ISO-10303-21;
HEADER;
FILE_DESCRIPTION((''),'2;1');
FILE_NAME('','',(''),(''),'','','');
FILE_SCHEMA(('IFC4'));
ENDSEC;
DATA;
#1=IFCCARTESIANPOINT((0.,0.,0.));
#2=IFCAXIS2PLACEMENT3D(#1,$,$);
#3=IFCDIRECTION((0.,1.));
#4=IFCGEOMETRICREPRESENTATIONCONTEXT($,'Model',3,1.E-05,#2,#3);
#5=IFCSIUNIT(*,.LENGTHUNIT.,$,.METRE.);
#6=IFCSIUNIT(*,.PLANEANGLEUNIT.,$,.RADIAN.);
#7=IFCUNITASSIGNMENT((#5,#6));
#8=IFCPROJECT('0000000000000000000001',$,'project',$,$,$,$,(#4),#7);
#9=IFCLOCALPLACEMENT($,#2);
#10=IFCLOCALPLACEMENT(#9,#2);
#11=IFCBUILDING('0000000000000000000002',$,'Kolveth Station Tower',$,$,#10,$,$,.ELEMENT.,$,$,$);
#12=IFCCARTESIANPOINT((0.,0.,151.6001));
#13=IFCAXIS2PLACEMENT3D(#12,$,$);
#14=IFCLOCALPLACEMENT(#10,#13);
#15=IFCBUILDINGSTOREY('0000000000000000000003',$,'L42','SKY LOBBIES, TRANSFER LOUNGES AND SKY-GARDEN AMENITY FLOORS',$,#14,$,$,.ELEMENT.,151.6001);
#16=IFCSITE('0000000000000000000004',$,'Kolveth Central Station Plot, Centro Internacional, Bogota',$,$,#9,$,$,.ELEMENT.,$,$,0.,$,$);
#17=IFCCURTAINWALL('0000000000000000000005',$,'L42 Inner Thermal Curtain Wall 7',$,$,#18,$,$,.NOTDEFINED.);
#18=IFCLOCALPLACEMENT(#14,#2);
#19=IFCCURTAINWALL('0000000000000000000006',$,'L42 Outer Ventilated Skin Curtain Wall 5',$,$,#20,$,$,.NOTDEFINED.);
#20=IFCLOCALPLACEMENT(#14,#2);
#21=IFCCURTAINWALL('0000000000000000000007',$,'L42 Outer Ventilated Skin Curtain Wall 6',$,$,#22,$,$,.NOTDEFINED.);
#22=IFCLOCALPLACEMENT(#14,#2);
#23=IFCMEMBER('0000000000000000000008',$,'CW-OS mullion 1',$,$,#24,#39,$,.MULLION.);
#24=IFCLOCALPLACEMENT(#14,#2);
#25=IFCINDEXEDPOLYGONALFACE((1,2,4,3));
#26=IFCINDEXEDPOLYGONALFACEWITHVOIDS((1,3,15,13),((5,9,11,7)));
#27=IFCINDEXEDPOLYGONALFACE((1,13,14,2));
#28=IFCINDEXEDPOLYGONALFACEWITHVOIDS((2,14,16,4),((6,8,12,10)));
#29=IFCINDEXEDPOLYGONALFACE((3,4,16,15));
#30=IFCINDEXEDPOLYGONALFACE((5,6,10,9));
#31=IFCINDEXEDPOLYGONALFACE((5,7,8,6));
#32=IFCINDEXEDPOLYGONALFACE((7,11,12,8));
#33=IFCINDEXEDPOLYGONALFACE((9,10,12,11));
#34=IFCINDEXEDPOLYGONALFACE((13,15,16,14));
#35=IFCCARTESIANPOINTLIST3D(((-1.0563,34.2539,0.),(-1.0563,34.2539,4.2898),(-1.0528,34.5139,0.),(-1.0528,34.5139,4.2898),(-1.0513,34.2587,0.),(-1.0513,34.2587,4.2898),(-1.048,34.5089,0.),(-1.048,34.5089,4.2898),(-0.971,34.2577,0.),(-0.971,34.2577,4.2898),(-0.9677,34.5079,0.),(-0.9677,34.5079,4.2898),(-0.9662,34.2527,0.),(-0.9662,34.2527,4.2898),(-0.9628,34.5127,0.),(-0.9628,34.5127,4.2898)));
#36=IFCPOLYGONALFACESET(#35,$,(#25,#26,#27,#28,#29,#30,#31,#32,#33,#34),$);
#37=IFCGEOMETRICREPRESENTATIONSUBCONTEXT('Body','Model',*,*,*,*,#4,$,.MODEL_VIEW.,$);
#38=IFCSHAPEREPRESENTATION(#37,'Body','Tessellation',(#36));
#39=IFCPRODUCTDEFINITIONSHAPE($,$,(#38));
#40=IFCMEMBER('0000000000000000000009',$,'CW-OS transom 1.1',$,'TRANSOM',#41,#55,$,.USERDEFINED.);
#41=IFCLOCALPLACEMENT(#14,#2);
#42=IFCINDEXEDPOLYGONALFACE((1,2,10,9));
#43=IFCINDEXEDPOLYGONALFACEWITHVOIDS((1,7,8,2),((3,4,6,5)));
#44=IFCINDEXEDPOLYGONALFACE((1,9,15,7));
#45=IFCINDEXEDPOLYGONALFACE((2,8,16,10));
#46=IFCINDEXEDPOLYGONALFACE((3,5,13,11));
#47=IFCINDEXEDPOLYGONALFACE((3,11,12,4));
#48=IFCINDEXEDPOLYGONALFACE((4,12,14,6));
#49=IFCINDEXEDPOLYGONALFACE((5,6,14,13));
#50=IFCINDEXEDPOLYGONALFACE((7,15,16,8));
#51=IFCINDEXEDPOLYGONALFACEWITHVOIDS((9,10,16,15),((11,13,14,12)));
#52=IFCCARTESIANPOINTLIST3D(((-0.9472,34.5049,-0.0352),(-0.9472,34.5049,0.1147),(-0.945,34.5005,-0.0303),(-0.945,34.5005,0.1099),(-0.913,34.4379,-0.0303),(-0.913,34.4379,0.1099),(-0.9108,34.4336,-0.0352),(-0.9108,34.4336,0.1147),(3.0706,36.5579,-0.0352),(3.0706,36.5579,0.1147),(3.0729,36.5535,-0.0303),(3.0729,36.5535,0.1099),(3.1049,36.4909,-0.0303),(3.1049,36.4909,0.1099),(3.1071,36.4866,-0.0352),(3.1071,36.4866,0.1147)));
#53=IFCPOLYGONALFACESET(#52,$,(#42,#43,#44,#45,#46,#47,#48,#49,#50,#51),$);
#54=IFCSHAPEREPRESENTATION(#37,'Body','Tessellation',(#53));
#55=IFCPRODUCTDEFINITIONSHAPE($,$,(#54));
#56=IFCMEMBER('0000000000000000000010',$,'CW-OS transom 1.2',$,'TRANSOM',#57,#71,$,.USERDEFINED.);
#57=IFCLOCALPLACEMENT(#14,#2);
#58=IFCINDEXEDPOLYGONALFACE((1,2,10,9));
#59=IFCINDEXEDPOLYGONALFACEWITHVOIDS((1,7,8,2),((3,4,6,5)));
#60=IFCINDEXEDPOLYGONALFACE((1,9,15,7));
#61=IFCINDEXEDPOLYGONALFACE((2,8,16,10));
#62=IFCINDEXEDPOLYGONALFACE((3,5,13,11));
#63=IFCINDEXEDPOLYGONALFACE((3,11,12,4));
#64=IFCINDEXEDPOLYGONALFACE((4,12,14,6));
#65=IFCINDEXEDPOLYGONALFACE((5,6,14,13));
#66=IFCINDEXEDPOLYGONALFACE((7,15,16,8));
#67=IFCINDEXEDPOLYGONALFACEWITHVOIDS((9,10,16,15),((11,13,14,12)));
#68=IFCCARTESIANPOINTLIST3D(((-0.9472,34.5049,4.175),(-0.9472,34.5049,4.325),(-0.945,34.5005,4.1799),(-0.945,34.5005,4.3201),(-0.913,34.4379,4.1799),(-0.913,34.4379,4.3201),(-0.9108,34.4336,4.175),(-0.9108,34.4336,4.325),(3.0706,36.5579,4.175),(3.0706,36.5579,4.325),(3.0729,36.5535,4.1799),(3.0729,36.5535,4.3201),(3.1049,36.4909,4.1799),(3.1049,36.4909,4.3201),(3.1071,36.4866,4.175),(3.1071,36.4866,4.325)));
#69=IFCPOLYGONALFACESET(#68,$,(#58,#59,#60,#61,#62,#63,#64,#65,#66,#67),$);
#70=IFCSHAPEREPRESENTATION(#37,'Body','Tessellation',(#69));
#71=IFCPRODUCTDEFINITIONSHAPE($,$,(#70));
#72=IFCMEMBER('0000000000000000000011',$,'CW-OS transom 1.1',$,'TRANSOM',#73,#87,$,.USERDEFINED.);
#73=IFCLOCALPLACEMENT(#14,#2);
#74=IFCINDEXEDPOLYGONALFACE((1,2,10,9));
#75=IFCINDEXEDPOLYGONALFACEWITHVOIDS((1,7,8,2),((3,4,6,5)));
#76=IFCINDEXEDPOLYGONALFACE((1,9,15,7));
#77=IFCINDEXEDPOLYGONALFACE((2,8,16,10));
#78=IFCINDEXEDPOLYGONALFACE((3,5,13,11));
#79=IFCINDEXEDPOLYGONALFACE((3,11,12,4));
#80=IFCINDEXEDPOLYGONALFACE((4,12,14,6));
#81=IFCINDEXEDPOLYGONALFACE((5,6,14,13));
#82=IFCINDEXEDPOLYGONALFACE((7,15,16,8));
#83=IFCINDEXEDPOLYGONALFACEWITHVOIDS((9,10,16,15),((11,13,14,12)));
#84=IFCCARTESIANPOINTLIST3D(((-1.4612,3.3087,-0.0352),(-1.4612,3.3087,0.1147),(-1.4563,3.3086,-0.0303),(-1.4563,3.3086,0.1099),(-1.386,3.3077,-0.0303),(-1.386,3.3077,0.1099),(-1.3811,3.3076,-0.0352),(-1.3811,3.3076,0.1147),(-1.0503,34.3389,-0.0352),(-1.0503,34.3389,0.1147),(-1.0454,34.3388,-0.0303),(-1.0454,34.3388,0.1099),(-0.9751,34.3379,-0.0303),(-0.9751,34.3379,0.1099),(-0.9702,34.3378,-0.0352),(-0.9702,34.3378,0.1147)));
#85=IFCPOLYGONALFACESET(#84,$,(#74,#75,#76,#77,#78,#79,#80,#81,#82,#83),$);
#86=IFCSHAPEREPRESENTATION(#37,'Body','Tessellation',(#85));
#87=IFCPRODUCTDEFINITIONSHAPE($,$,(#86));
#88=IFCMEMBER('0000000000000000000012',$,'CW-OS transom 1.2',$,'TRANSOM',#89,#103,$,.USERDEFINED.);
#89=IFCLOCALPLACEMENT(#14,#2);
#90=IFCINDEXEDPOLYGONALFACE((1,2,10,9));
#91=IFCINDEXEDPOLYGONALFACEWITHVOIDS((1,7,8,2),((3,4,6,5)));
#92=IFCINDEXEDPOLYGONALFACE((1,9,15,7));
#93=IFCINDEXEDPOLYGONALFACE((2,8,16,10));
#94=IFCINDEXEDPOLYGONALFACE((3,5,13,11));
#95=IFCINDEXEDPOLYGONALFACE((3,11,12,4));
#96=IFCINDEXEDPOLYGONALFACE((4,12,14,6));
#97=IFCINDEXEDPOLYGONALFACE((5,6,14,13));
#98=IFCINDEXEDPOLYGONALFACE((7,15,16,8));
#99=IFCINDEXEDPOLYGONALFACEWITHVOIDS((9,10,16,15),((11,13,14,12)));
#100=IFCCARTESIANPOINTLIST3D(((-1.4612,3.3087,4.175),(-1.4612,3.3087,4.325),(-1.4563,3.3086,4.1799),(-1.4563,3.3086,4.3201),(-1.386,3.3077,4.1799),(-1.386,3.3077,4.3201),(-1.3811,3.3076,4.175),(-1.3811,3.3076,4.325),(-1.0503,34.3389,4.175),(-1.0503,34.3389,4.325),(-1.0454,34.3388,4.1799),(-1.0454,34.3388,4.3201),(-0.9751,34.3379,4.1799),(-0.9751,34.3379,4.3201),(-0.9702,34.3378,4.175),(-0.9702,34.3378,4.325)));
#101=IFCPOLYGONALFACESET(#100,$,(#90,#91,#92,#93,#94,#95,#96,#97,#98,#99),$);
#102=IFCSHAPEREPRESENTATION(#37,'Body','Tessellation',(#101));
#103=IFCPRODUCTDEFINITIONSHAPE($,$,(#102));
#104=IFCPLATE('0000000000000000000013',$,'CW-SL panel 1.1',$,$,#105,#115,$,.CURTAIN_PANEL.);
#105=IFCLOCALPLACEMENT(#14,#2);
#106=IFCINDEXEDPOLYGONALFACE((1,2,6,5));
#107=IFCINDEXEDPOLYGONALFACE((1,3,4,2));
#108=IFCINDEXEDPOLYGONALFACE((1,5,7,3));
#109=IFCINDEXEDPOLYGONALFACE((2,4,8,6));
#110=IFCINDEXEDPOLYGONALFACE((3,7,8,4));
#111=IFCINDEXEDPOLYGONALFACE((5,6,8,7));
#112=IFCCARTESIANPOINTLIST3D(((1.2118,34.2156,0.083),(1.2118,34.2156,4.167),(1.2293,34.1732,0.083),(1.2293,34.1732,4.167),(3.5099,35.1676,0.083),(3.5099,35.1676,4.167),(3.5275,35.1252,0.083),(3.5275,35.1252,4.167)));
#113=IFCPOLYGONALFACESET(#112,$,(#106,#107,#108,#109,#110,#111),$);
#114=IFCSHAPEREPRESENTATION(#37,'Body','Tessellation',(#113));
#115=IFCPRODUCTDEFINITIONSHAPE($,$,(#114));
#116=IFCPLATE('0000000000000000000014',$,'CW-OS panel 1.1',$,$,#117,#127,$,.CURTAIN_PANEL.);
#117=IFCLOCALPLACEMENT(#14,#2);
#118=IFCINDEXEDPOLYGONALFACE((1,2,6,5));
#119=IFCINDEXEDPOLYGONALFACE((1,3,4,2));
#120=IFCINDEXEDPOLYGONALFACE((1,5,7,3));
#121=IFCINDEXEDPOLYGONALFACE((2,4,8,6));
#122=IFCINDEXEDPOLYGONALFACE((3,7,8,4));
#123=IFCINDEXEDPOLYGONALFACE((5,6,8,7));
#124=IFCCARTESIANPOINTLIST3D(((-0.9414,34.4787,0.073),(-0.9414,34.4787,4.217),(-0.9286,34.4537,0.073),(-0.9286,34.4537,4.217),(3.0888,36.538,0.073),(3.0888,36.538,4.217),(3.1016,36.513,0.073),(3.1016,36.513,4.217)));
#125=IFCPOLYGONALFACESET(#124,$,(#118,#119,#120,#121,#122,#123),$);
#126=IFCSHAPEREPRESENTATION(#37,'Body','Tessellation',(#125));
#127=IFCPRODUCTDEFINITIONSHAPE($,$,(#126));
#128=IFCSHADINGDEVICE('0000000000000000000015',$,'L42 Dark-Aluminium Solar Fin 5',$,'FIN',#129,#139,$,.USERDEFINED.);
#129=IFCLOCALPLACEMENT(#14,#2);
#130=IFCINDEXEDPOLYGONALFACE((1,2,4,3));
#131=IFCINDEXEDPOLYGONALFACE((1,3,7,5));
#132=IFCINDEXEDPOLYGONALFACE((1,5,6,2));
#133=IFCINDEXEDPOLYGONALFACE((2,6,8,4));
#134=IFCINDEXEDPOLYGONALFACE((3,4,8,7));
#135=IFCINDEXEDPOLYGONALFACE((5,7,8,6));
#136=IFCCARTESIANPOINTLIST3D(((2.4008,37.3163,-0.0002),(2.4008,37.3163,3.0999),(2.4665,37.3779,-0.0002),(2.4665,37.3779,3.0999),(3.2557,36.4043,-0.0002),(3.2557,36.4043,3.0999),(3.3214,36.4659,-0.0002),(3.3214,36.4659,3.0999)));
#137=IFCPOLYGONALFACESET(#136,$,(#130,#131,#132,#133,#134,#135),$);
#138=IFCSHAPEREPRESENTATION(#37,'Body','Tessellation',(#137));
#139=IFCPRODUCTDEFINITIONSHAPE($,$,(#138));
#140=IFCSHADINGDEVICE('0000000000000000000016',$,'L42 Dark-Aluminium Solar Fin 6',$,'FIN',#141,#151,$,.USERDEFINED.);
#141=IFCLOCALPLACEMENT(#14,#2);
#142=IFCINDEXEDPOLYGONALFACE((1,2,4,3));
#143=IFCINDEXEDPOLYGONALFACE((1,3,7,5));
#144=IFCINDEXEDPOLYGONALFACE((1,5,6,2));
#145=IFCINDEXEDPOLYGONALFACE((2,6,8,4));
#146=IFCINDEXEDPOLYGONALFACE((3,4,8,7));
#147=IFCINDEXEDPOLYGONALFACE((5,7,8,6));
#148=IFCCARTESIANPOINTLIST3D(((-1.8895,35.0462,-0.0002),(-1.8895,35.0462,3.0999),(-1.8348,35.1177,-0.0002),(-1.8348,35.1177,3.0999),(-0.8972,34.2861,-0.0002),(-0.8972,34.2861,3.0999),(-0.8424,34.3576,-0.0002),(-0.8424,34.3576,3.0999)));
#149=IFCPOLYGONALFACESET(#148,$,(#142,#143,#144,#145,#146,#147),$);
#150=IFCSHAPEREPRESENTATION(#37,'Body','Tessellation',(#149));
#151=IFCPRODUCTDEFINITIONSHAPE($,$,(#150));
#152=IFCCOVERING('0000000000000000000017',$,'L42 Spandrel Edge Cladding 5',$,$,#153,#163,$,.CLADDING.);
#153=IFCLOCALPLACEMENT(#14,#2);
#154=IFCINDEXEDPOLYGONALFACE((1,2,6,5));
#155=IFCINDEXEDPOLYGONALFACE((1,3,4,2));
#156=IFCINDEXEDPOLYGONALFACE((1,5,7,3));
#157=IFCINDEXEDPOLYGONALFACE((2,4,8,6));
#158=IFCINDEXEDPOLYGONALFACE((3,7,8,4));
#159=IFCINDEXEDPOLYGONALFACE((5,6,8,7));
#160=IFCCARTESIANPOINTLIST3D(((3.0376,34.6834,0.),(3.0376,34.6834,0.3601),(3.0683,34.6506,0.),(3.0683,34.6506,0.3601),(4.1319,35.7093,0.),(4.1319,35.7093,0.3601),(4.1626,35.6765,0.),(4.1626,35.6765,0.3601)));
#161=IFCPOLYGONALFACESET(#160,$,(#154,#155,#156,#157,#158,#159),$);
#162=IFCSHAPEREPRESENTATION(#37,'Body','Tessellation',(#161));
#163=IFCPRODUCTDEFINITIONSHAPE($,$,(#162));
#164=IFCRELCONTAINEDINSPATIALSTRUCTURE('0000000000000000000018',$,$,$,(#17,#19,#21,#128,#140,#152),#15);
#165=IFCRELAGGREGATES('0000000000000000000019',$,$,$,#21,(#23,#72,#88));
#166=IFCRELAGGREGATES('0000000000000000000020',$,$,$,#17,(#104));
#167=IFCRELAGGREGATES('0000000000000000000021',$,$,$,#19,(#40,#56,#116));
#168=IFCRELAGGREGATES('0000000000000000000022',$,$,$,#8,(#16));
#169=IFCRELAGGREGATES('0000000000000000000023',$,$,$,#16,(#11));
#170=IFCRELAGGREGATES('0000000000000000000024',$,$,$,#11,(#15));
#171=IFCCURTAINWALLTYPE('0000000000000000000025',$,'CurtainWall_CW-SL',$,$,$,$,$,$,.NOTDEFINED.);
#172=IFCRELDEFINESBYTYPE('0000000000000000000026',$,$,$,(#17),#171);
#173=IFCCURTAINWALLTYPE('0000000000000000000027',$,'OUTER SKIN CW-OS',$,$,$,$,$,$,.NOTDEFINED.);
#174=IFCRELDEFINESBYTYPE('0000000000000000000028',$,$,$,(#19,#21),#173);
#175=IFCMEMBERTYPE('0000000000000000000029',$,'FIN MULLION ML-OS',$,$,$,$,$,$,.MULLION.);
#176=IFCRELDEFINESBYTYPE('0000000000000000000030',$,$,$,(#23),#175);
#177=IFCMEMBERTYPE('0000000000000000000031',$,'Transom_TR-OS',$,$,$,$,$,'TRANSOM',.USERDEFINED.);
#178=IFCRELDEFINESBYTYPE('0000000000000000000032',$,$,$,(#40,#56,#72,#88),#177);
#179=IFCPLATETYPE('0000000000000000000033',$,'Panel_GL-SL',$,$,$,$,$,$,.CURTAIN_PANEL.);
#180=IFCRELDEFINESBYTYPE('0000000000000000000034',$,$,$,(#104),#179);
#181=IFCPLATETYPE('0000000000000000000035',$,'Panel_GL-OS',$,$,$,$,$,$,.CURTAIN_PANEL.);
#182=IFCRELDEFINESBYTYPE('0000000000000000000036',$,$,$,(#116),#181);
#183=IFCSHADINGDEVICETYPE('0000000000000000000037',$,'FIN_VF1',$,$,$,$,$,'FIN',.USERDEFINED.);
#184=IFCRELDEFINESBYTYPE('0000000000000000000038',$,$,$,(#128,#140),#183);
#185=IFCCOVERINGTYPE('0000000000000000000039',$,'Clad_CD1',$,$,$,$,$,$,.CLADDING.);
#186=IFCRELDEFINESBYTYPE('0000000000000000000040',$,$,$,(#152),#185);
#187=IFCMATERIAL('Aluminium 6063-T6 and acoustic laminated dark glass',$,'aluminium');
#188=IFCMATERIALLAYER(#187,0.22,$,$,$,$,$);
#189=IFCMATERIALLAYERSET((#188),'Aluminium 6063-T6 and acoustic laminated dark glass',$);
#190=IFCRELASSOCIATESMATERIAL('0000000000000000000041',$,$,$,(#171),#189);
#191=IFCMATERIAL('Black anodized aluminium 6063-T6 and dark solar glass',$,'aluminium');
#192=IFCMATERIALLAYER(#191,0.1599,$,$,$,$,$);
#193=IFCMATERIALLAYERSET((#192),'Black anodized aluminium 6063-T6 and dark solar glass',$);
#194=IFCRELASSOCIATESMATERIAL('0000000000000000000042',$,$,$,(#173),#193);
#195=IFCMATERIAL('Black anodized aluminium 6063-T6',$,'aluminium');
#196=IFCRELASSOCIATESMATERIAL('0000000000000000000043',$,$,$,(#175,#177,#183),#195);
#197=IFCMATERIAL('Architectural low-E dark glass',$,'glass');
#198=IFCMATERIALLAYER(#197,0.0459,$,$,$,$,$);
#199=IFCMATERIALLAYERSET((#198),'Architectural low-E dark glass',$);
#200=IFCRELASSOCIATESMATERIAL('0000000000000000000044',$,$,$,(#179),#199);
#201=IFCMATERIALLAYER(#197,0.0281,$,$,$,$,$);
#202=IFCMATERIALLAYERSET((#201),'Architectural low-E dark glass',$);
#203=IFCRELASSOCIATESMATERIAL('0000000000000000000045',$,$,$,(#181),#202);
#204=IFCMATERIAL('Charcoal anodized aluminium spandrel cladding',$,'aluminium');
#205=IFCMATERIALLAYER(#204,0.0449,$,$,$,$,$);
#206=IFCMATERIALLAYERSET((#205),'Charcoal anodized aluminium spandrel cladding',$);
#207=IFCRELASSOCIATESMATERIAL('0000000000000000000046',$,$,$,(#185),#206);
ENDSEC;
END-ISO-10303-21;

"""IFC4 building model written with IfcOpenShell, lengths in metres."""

from ifc_helpers import new_model, si_unit, direction, frame, origin, origin_2d, place, context, subcontext, project, spatial, rectangle, hollow_rectangle, extrude, source, transform, mapped, material, layer, layer_set, material_profile, profile_set, type_object, element, aggregate, save


model = new_model("IFC4")

# Units and contexts
model_context = context("Model", 3, precision=1e-05, world=origin(), true_north=direction((0.0, 1.0)))
body_context = subcontext(model_context, "Body", "Model", "MODEL_VIEW")
ifc_project = project(units=[si_unit("LENGTHUNIT", "METRE"), si_unit("PLANEANGLEUNIT", "RADIAN")], contexts=[model_context])

# Site, building, storey
site_placement = place(None, origin())
site = spatial("IfcSite", under=ifc_project, at=site_placement, Name="Kolveth Central Station Plot, Centro Internacional, Bogota", CompositionType="ELEMENT", RefElevation=0.0)
building_placement = place(site_placement, origin())
building = spatial("IfcBuilding", under=site, at=building_placement, Name="Kolveth Station Tower", CompositionType="ELEMENT")
storey_placement = place(building_placement, frame((0.0, 0.0, 151.6001)))
storey = spatial("IfcBuildingStorey", under=building, at=storey_placement, Name="L42", Description="SKY LOBBIES, TRANSFER LOUNGES AND SKY-GARDEN AMENITY FLOORS", CompositionType="ELEMENT", Elevation=151.6001)

# Shared definitions
ifc_material_1 = material(Name="Aluminium 6063-T6 and acoustic laminated dark glass", Category="aluminium")
ifc_layer_1 = layer(ifc_material_1, 0.22)
ifc_layer_set_1 = layer_set([ifc_layer_1], Name="Aluminium 6063-T6 and acoustic laminated dark glass")
curtain_wall_type_1 = type_object("IfcCurtainWallType", Name="CurtainWall_CW-SL", PredefinedType="NOTDEFINED", material=ifc_layer_set_1)
ifc_material_2 = material(Name="Black anodized aluminium 6063-T6", Category="aluminium")

# Curtain wall
curtain_wall_1_placement = place(storey_placement, origin())
curtain_wall_1 = element("IfcCurtainWall", 1, at=curtain_wall_1_placement, inside=storey, type_object=curtain_wall_type_1, Name="L42 Inner Thermal Curtain Wall 7", PredefinedType="NOTDEFINED")

# Shared definitions
ifc_material_3 = material(Name="Black anodized aluminium 6063-T6 and dark solar glass", Category="aluminium")
ifc_layer_2 = layer(ifc_material_3, 0.1599)
ifc_layer_set_2 = layer_set([ifc_layer_2], Name="Black anodized aluminium 6063-T6 and dark solar glass")
curtain_wall_type_2 = type_object("IfcCurtainWallType", Name="OUTER SKIN CW-OS", PredefinedType="NOTDEFINED", material=ifc_layer_set_2)
ifc_material_profile_1 = material_profile(ifc_material_2, hollow_rectangle(XDim=0.0901, YDim=0.26, WallThickness=0.0049, at=origin_2d()), Name="ALU-90x260x5")
ifc_profile_set_1 = profile_set([ifc_material_profile_1], Name="Black anodized aluminium 6063-T6")
member_type_1 = type_object("IfcMemberType", Name="FIN MULLION ML-OS", PredefinedType="MULLION", material=ifc_profile_set_1)
shared_shape_1 = source(origin(), body_context, "Body", "SweptSolid", [
    extrude(hollow_rectangle(XDim=0.0901, YDim=0.26, WallThickness=0.0049, at=origin_2d()), origin(), (0.0, 0.0, 1.0), 4.2898),
])

# Curtain wall
curtain_wall_2_placement = place(storey_placement, origin())
curtain_wall_2 = element("IfcCurtainWall", 2, at=curtain_wall_2_placement, inside=storey, type_object=curtain_wall_type_2, Name="L42 Outer Ventilated Skin Curtain Wall 5", PredefinedType="NOTDEFINED")

# Curtain wall, member
curtain_wall_3_placement = place(storey_placement, origin())
curtain_wall_3 = element("IfcCurtainWall", 3, at=curtain_wall_3_placement, inside=storey, type_object=curtain_wall_type_2, Name="L42 Outer Ventilated Skin Curtain Wall 6", PredefinedType="NOTDEFINED")
member_1_placement = place(storey_placement, frame((-1.0095, 34.3833, 0.0), z_axis=(0.0, 0.0, 1.0), x_axis=(0.999912, -0.013245, 0.0)))
member_1 = element("IfcMember", 4, at=member_1_placement, type_object=member_type_1, Name="CW-OS mullion 1", PredefinedType="MULLION", context=body_context, shape_type="MappedRepresentation", body=[
    mapped(shared_shape_1, transform((0.0, 0.0, 0.0), x_axis=(1.0, 0.0, 0.0), y_axis=(0.0, 1.0, 0.0), z_axis=(0.0, 0.0, 1.0), scale=1.0)),
])

# Members
ifc_material_profile_2 = material_profile(ifc_material_2, hollow_rectangle(XDim=0.0801, YDim=0.1499, WallThickness=0.0049, at=origin_2d()), Name="ALU-80x150x5")
ifc_profile_set_2 = profile_set([ifc_material_profile_2], Name="Black anodized aluminium 6063-T6")
member_type_2 = type_object("IfcMemberType", Name="Transom_TR-OS", ElementType="TRANSOM", PredefinedType="USERDEFINED", material=ifc_profile_set_2)
shared_shape_2 = source(origin(), body_context, "Body", "SweptSolid", [
    extrude(hollow_rectangle(XDim=0.0801, YDim=0.1499, WallThickness=0.0049, at=origin_2d()), origin(), (0.0, 0.0, 1.0), 4.512),
])
member_2_placement = place(storey_placement, frame((3.0889, 36.5222, 0.0398), z_axis=(-0.890486, -0.45501, 0.0), x_axis=(0.45501, -0.890486, 0.0)))
member_2 = element("IfcMember", 5, at=member_2_placement, type_object=member_type_2, Name="CW-OS transom 1.1", ObjectType="TRANSOM", PredefinedType="USERDEFINED", context=body_context, shape_type="MappedRepresentation", body=[
    mapped(shared_shape_2, transform((0.0, 0.0, 0.0), x_axis=(1.0, 0.0, 0.0), y_axis=(0.0, 1.0, 0.0), z_axis=(0.0, 0.0, 1.0), scale=1.0)),
])
member_3_placement = place(storey_placement, frame((3.0889, 36.5222, 4.25), z_axis=(-0.890486, -0.45501, 0.0), x_axis=(0.45501, -0.890486, 0.0)))
member_3 = element("IfcMember", 6, at=member_3_placement, type_object=member_type_2, Name="CW-OS transom 1.2", ObjectType="TRANSOM", PredefinedType="USERDEFINED", context=body_context, shape_type="MappedRepresentation", body=[
    mapped(shared_shape_2, transform((0.0, 0.0, 0.0), x_axis=(1.0, 0.0, 0.0), y_axis=(0.0, 1.0, 0.0), z_axis=(0.0, 0.0, 1.0), scale=1.0)),
])
shared_shape_3 = source(origin(), body_context, "Body", "SweptSolid", [
    extrude(hollow_rectangle(XDim=0.0801, YDim=0.1499, WallThickness=0.0049, at=origin_2d()), origin(), (0.0, 0.0, 1.0), 31.033),
])
member_4_placement = place(storey_placement, frame((-1.0103, 34.3384, 0.0398), z_axis=(-0.01324, -0.999912, 0.0), x_axis=(0.999912, -0.01324, 0.0)))
member_4 = element("IfcMember", 7, at=member_4_placement, type_object=member_type_2, Name="CW-OS transom 1.1", ObjectType="TRANSOM", PredefinedType="USERDEFINED", context=body_context, shape_type="MappedRepresentation", body=[
    mapped(shared_shape_3, transform((0.0, 0.0, 0.0), x_axis=(1.0, 0.0, 0.0), y_axis=(0.0, 1.0, 0.0), z_axis=(0.0, 0.0, 1.0), scale=1.0)),
])
member_5_placement = place(storey_placement, frame((-1.0103, 34.3384, 4.25), z_axis=(-0.01324, -0.999912, 0.0), x_axis=(0.999912, -0.01324, 0.0)))
member_5 = element("IfcMember", 8, at=member_5_placement, type_object=member_type_2, Name="CW-OS transom 1.2", ObjectType="TRANSOM", PredefinedType="USERDEFINED", context=body_context, shape_type="MappedRepresentation", body=[
    mapped(shared_shape_3, transform((0.0, 0.0, 0.0), x_axis=(1.0, 0.0, 0.0), y_axis=(0.0, 1.0, 0.0), z_axis=(0.0, 0.0, 1.0), scale=1.0)),
])
aggregate(curtain_wall_3, [member_1, member_4, member_5])

# Plates
ifc_material_4 = material(Name="Architectural low-E dark glass", Category="glass")
ifc_layer_3 = layer(ifc_material_4, 0.0459)
ifc_layer_set_3 = layer_set([ifc_layer_3], Name="Architectural low-E dark glass")
plate_type_1 = type_object("IfcPlateType", Name="Panel_GL-SL", PredefinedType="CURTAIN_PANEL", material=ifc_layer_set_3)
shared_shape_4 = source(origin(), body_context, "Body", "SweptSolid", [
    extrude(rectangle(XDim=2.4875, YDim=0.0459, at=origin_2d()), origin(), (0.0, 0.0, 1.0), 4.084),
])
plate_1_placement = place(storey_placement, frame((2.3696, 34.6704, 0.083), z_axis=(0.0, 0.0, 1.0), x_axis=(-0.923874, -0.382698, 0.0)))
plate_1 = element("IfcPlate", 9, at=plate_1_placement, type_object=plate_type_1, Name="CW-SL panel 1.1", PredefinedType="CURTAIN_PANEL", context=body_context, shape_type="MappedRepresentation", body=[
    mapped(shared_shape_4, transform((0.0, 0.0, 0.0), x_axis=(1.0, 0.0, 0.0), y_axis=(0.0, 1.0, 0.0), z_axis=(0.0, 0.0, 1.0), scale=1.0)),
])
aggregate(curtain_wall_1, [plate_1])
ifc_layer_4 = layer(ifc_material_4, 0.0281)
ifc_layer_set_4 = layer_set([ifc_layer_4], Name="Architectural low-E dark glass")
plate_type_2 = type_object("IfcPlateType", Name="Panel_GL-OS", PredefinedType="CURTAIN_PANEL", material=ifc_layer_set_4)
shared_shape_5 = source(origin(), body_context, "Body", "SweptSolid", [
    extrude(rectangle(XDim=4.5259, YDim=0.0281, at=origin_2d()), origin(), (0.0, 0.0, 1.0), 4.144),
])
plate_2_placement = place(storey_placement, frame((1.0801, 35.4958, 0.073), z_axis=(0.0, 0.0, 1.0), x_axis=(-0.890484, -0.455014, 0.0)))
plate_2 = element("IfcPlate", 10, at=plate_2_placement, type_object=plate_type_2, Name="CW-OS panel 1.1", PredefinedType="CURTAIN_PANEL", context=body_context, shape_type="MappedRepresentation", body=[
    mapped(shared_shape_5, transform((0.0, 0.0, 0.0), x_axis=(1.0, 0.0, 0.0), y_axis=(0.0, 1.0, 0.0), z_axis=(0.0, 0.0, 1.0), scale=1.0)),
])
aggregate(curtain_wall_2, [member_2, member_3, plate_2])

# Shading devices
shading_device_type = type_object("IfcShadingDeviceType", Name="FIN_VF1", ElementType="FIN", PredefinedType="USERDEFINED", material=ifc_material_2)
shared_shape_6 = source(origin(), body_context, "Body", "SweptSolid", [
    extrude(rectangle(XDim=1.25, YDim=0.0901, at=origin_2d()), origin(), (0.0, 0.0, 1.0), 3.1001),
])
for number, where, z_axis, x_axis, name in (
    (11, (2.8611, 36.8911, -0.0002), (0.0, 0.0, 1.0), (-0.683911, 0.729566, 0.0), "L42 Dark-Aluminium Solar Fin 5"),
    (12, (-1.366, 34.7019, -0.0002), (0.0, 0.0, 1.0), (-0.793884, 0.608069, 0.0), "L42 Dark-Aluminium Solar Fin 6"),
):
    element("IfcShadingDevice", number, at=place(storey_placement, frame(where, z_axis=z_axis, x_axis=x_axis)), inside=storey, type_object=shading_device_type, Name=name, ObjectType="FIN", PredefinedType="USERDEFINED", context=body_context, shape_type="MappedRepresentation", body=[
        mapped(shared_shape_6, transform((0.0, 0.0, 0.0), x_axis=(1.0, 0.0, 0.0), y_axis=(0.0, 1.0, 0.0), z_axis=(0.0, 0.0, 1.0), scale=1.0)),
    ])

# Covering
ifc_material_5 = material(Name="Charcoal anodized aluminium spandrel cladding", Category="aluminium")
ifc_layer_5 = layer(ifc_material_5, 0.0449)
ifc_layer_set_5 = layer_set([ifc_layer_5], Name="Charcoal anodized aluminium spandrel cladding")
covering_type = type_object("IfcCoveringType", Name="Clad_CD1", PredefinedType="CLADDING", material=ifc_layer_set_5)
shared_shape_7 = source(origin(), body_context, "Body", "SweptSolid", [
    extrude(rectangle(XDim=1.5, YDim=0.0449, at=origin_2d()), origin(), (0.0, 0.0, 1.0), 0.3601),
])
covering_placement = place(storey_placement, frame((3.6001, 35.1799, 0.0), z_axis=(0.0, 0.0, 1.0), x_axis=(-0.729566, -0.683911, 0.0)))
element("IfcCovering", 13, at=covering_placement, inside=storey, type_object=covering_type, Name="L42 Spandrel Edge Cladding 5", PredefinedType="CLADDING", context=body_context, shape_type="MappedRepresentation", body=[
    mapped(shared_shape_7, transform((0.0, 0.0, 0.0), x_axis=(1.0, 0.0, 0.0), y_axis=(0.0, 1.0, 0.0), z_axis=(0.0, 0.0, 1.0), scale=1.0)),
])

save(model, "model.ifc")
